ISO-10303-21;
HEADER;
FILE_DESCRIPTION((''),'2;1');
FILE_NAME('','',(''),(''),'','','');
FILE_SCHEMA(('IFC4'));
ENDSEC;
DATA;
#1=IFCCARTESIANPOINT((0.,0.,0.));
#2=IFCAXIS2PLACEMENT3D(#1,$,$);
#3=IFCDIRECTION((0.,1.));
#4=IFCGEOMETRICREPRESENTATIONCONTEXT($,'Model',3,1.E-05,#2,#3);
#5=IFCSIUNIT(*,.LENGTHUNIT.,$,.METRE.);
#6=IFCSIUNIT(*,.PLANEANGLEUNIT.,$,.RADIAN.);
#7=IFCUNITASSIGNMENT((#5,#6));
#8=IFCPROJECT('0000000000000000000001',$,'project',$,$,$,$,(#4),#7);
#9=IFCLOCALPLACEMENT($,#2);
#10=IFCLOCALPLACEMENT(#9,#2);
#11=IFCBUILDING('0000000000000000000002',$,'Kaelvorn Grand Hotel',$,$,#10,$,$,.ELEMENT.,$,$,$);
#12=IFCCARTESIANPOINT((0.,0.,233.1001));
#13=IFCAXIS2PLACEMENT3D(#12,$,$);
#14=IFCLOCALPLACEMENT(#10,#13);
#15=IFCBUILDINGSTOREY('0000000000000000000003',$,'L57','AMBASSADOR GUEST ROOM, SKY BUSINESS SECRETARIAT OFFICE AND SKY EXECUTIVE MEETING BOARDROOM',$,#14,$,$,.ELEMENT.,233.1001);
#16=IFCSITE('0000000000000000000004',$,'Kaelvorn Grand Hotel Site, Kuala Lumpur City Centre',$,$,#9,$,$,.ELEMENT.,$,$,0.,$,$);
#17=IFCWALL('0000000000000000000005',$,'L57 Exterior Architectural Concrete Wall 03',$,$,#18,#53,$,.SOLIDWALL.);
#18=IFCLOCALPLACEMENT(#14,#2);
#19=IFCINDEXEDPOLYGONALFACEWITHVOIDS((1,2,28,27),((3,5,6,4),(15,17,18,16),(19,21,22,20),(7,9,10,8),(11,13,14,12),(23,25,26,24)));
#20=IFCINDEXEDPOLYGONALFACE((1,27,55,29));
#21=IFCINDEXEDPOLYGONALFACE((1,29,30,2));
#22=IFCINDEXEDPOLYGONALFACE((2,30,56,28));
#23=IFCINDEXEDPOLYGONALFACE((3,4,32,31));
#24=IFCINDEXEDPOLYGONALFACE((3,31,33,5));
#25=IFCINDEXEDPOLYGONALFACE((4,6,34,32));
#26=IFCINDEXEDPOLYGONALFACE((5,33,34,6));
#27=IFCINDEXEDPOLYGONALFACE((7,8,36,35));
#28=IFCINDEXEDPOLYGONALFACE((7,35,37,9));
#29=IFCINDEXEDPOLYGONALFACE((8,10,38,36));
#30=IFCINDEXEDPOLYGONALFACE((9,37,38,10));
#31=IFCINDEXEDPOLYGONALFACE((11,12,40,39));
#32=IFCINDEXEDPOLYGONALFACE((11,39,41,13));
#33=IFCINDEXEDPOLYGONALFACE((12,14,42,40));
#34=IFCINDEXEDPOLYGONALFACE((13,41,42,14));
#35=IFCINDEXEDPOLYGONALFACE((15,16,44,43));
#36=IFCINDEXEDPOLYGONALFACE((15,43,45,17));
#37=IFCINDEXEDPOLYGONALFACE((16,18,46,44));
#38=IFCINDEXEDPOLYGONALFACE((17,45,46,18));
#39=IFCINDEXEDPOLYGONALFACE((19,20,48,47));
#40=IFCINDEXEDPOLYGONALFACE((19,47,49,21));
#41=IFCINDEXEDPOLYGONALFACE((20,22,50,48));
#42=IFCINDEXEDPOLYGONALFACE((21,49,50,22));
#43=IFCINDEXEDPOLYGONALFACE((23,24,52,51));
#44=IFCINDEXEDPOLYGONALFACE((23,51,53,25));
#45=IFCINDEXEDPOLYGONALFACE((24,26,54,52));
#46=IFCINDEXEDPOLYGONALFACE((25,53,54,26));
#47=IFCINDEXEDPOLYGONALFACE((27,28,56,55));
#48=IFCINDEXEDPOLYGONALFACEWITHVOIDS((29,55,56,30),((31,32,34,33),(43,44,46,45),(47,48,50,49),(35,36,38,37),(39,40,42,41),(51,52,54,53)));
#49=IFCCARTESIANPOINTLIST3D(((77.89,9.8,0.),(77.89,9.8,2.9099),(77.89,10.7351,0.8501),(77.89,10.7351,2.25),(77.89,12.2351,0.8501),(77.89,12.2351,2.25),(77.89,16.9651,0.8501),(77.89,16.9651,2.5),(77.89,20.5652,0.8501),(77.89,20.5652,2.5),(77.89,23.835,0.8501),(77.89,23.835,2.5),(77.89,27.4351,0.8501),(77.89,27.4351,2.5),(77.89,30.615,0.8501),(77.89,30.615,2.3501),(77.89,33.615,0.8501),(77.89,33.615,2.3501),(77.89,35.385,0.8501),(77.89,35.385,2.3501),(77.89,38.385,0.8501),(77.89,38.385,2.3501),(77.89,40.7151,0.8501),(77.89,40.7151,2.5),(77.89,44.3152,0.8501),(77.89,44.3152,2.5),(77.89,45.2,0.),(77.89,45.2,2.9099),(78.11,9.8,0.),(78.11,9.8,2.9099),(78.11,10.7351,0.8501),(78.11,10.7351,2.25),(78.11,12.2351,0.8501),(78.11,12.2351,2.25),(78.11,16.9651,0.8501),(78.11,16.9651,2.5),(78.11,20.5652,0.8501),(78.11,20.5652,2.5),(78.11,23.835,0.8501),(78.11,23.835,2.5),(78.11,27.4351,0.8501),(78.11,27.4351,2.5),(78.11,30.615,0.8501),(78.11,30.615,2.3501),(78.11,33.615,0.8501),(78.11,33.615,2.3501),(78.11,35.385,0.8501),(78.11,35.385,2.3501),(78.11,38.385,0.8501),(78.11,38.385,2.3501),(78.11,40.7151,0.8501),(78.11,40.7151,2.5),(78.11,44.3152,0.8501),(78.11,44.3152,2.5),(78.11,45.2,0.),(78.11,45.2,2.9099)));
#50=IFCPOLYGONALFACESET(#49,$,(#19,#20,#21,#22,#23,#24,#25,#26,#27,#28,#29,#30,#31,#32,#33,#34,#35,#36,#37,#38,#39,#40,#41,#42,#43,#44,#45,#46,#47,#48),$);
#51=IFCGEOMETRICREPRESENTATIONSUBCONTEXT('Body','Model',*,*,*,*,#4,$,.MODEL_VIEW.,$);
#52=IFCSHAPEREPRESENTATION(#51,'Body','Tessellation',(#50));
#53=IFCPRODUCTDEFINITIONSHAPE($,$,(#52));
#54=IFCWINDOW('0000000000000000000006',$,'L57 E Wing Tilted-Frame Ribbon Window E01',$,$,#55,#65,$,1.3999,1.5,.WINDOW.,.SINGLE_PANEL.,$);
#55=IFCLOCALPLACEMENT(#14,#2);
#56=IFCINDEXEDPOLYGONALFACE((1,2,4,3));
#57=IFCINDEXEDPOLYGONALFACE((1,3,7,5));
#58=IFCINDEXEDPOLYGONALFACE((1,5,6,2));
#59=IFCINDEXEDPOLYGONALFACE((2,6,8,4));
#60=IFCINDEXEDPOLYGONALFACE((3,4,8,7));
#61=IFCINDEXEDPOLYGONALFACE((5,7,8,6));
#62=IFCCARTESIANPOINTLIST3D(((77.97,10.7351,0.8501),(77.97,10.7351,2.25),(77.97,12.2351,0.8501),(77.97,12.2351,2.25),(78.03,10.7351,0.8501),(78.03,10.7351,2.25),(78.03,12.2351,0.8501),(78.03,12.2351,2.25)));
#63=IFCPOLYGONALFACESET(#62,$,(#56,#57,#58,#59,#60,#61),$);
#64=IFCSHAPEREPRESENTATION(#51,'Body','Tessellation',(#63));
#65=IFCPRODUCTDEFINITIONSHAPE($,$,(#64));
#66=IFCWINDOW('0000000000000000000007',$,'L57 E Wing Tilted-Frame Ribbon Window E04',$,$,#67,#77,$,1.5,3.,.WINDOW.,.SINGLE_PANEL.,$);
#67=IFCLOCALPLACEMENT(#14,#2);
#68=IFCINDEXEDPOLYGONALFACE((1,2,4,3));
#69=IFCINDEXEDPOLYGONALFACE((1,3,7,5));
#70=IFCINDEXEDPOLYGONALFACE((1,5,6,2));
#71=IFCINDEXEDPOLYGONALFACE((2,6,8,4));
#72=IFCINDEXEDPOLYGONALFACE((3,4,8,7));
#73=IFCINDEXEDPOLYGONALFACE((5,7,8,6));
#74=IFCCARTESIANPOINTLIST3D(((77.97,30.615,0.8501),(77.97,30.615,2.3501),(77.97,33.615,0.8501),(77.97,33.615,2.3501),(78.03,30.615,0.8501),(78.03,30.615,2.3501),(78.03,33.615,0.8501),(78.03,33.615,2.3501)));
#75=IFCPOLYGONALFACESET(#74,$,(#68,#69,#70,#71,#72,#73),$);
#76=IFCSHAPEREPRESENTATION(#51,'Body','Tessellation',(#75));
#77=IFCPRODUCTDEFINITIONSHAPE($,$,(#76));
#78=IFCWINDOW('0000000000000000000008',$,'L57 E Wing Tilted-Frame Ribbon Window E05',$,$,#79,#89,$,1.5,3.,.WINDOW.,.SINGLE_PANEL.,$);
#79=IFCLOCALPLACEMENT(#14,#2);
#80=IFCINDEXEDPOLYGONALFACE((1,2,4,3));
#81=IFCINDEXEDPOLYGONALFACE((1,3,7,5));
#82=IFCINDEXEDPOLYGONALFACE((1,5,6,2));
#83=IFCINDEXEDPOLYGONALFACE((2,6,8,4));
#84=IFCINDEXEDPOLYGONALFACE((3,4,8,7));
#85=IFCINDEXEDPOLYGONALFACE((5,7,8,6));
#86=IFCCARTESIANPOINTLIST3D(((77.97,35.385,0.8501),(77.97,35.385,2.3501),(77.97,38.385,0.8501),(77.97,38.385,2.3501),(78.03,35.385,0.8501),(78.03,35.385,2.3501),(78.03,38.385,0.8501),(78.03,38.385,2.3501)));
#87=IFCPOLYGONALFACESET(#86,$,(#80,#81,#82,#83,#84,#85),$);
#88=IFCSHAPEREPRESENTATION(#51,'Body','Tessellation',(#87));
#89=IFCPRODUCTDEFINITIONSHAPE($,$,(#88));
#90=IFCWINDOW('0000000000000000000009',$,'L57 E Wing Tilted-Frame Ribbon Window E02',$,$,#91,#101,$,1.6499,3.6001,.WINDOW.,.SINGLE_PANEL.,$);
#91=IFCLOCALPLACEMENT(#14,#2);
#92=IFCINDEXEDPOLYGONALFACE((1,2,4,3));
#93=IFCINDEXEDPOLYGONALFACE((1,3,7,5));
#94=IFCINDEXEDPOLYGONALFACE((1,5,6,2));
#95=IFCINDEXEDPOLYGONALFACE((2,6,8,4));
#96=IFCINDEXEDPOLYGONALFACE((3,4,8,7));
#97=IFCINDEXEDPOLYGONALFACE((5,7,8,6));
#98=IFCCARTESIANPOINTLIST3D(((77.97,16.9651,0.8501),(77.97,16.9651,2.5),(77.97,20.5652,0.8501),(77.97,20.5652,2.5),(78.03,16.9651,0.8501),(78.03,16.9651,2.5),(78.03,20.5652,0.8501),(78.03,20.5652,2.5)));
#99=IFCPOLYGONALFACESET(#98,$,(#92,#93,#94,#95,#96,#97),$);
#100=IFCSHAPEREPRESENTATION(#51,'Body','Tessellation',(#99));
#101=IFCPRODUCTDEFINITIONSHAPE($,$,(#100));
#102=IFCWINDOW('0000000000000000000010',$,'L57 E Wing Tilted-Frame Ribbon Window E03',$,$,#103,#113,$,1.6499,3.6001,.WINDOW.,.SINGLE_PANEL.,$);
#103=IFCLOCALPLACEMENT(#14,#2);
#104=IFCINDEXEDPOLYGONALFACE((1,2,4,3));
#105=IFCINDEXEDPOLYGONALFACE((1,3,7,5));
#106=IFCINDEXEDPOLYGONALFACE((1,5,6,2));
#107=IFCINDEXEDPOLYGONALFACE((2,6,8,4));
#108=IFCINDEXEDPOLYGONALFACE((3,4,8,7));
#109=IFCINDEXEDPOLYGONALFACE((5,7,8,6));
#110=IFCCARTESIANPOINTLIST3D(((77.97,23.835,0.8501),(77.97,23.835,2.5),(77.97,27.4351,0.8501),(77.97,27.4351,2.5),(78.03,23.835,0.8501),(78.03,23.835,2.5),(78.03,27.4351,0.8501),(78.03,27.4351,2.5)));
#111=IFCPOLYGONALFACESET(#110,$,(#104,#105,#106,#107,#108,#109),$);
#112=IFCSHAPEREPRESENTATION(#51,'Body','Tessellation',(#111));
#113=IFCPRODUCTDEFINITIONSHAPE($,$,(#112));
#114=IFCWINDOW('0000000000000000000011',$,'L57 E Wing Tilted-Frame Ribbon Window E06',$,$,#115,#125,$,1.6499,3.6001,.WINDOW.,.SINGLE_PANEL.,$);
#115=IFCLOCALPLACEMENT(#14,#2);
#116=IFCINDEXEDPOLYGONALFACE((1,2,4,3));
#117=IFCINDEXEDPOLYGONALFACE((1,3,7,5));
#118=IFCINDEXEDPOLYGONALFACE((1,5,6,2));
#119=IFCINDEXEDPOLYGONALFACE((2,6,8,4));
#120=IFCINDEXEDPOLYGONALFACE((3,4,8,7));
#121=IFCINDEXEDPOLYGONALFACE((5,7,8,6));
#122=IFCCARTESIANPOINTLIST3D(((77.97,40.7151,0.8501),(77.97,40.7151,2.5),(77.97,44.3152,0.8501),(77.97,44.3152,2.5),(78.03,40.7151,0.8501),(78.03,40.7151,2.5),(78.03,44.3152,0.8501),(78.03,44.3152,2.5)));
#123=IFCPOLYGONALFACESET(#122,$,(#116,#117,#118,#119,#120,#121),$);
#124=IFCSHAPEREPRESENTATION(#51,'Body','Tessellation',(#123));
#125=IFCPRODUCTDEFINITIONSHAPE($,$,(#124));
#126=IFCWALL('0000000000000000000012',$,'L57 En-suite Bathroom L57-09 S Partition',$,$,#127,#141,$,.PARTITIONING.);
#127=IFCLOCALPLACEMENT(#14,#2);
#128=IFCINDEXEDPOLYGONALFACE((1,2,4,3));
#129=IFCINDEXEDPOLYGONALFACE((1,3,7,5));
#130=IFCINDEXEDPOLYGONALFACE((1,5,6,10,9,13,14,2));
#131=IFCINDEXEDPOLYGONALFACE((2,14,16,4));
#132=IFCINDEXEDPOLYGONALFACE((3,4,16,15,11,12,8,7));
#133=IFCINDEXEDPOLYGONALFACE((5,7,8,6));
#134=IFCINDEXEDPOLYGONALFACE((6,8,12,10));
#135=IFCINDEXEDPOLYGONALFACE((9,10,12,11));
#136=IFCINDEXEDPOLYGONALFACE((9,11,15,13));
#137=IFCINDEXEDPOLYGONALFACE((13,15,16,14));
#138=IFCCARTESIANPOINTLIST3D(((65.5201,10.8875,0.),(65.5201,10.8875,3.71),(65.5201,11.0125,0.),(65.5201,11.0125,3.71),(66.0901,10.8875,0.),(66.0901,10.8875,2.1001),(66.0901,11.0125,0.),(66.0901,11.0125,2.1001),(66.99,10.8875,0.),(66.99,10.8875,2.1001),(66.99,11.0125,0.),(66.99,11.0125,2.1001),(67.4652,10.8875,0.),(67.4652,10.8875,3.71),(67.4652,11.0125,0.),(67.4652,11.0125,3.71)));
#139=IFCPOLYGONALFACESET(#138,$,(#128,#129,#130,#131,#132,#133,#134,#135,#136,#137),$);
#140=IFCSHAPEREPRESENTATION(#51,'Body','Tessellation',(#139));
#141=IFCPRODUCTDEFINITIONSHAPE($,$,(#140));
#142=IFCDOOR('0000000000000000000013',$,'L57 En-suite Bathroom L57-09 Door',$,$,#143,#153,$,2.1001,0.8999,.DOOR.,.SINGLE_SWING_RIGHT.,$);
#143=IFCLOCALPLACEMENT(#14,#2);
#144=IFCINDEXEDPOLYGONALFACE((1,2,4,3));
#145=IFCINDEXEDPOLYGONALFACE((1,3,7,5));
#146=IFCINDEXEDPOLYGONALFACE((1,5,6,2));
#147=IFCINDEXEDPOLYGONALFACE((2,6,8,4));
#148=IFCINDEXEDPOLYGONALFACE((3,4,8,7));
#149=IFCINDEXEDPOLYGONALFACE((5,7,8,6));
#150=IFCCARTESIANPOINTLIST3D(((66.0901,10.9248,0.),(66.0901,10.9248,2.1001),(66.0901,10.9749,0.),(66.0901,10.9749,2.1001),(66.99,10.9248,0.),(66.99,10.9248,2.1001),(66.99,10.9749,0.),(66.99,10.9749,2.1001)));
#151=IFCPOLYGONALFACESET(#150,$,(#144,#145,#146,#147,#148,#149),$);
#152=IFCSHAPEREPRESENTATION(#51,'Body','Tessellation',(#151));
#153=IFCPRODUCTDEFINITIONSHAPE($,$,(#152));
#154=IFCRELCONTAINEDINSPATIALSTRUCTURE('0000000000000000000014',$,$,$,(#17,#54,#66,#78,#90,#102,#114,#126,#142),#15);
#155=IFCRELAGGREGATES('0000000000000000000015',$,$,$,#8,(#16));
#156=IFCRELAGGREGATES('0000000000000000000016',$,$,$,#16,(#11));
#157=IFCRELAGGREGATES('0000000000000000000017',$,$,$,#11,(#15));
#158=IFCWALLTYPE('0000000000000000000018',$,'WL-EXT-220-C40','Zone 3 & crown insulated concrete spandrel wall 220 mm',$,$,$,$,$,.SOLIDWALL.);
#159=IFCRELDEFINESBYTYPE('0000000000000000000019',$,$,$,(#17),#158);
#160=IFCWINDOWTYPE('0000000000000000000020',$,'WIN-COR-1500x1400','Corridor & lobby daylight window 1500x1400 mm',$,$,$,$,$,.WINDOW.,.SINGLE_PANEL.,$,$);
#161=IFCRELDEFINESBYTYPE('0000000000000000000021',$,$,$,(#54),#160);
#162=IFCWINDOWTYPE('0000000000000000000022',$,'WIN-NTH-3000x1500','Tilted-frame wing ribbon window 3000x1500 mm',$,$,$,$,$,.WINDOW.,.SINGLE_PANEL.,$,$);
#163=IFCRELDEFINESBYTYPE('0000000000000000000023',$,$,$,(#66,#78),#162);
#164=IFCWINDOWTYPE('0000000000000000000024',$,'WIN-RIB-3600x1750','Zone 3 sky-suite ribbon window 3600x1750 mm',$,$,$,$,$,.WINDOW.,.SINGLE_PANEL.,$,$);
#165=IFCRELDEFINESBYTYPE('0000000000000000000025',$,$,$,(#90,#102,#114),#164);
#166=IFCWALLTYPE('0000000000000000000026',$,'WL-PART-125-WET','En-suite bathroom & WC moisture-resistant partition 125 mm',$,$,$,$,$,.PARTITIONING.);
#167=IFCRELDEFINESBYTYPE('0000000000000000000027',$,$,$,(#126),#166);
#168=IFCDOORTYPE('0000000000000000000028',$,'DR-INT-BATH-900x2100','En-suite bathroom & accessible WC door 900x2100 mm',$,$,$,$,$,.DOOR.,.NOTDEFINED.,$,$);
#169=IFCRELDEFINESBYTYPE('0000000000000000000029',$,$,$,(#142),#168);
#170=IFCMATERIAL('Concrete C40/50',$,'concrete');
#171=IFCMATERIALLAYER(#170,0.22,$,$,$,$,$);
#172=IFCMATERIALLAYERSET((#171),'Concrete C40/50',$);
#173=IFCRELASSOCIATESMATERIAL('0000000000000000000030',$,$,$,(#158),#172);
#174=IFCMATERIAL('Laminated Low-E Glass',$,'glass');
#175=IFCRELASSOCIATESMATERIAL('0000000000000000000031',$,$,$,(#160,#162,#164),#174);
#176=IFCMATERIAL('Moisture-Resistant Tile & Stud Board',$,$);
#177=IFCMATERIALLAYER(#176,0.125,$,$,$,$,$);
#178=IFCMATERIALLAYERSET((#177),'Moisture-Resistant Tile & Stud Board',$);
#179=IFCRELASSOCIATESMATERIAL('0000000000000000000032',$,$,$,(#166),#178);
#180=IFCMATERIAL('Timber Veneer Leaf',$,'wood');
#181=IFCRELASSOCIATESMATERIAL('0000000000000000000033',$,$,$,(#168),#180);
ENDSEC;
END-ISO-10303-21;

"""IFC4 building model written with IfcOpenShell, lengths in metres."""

from ifc_helpers import new_model, si_unit, direction, frame, frame_2d, origin, place, context, subcontext, project, spatial, rectangle, extrude, material, layer, layer_set, type_object, element, fill, save


model = new_model("IFC4")

# Units and contexts
model_context = context("Model", 3, precision=1e-05, world=origin(), true_north=direction((0.0, 1.0)))
body_context = subcontext(model_context, "Body", "Model", "MODEL_VIEW")
ifc_project = project(units=[si_unit("LENGTHUNIT", "METRE"), si_unit("PLANEANGLEUNIT", "RADIAN")], contexts=[model_context])

# Site, building, storey
site_placement = place(None, origin())
site = spatial("IfcSite", under=ifc_project, at=site_placement, Name="Kaelvorn Grand Hotel Site, Kuala Lumpur City Centre", CompositionType="ELEMENT", RefElevation=0.0)
building_placement = place(site_placement, origin())
building = spatial("IfcBuilding", under=site, at=building_placement, Name="Kaelvorn Grand Hotel", CompositionType="ELEMENT")
storey_placement = place(building_placement, frame((0.0, 0.0, 233.1001)))
storey = spatial("IfcBuildingStorey", under=building, at=storey_placement, Name="L57", Description="AMBASSADOR GUEST ROOM, SKY BUSINESS SECRETARIAT OFFICE AND SKY EXECUTIVE MEETING BOARDROOM", CompositionType="ELEMENT", Elevation=233.1001)

# Shared definitions
ifc_material_1 = material(Name="Concrete C40/50", Category="concrete")

# Shared definitions
ifc_layer_1 = layer(ifc_material_1, 0.22)
ifc_layer_set_1 = layer_set([ifc_layer_1], Name="Concrete C40/50")
wall_type_1 = type_object("IfcWallType", Name="WL-EXT-220-C40", Description="Zone 3 & crown insulated concrete spandrel wall 220 mm", PredefinedType="SOLIDWALL", material=ifc_layer_set_1)
ifc_material_2 = material(Name="Laminated Low-E Glass", Category="glass")

# Wall, openings, windows
wall_1_placement = place(storey_placement, frame((78.0, 9.8, 0.0), z_axis=(0.0, 0.0, 1.0), x_axis=(0.0, 1.0, 0.0)))
wall_1 = element("IfcWall", 1, at=wall_1_placement, inside=storey, type_object=wall_type_1, Name="L57 Exterior Architectural Concrete Wall 03", PredefinedType="SOLIDWALL", context=body_context, shape_type="SweptSolid", body=[
    extrude(rectangle(XDim=35.3999, YDim=0.22, at=frame_2d((17.7, 0.0))), origin(), (0.0, 0.0, 1.0), 2.9099),
])
opening_1_placement = place(wall_1_placement, frame((0.9351, 0.0, 0.8501)))
opening_1 = element("IfcOpeningElement", 2, at=opening_1_placement, cuts=wall_1, PredefinedType="OPENING", context=body_context, shape_type="SweptSolid", body=[
    extrude(rectangle(XDim=1.5, YDim=1.3999, at=frame_2d((0.75, 0.7))), frame((0.0, 0.1201, 0.0), z_axis=(0.0, -1.0, 0.0), x_axis=(1.0, 0.0, 0.0)), (0.0, 0.0, 1.0), 0.24),
])
opening_2_placement = place(wall_1_placement, frame((7.165, 0.0, 0.8501)))
opening_2 = element("IfcOpeningElement", 3, at=opening_2_placement, cuts=wall_1, PredefinedType="OPENING", context=body_context, shape_type="SweptSolid", body=[
    extrude(rectangle(XDim=3.6001, YDim=1.6499, at=frame_2d((1.8, 0.825))), frame((0.0, 0.1201, 0.0), z_axis=(0.0, -1.0, 0.0), x_axis=(1.0, 0.0, 0.0)), (0.0, 0.0, 1.0), 0.24),
])
opening_3_placement = place(wall_1_placement, frame((14.0349, 0.0, 0.8501)))
opening_3 = element("IfcOpeningElement", 4, at=opening_3_placement, cuts=wall_1, PredefinedType="OPENING", context=body_context, shape_type="SweptSolid", body=[
    extrude(rectangle(XDim=3.6001, YDim=1.6499, at=frame_2d((1.8, 0.825))), frame((0.0, 0.1201, 0.0), z_axis=(0.0, -1.0, 0.0), x_axis=(1.0, 0.0, 0.0)), (0.0, 0.0, 1.0), 0.24),
])
opening_4_placement = place(wall_1_placement, frame((20.8149, 0.0, 0.8501)))
opening_4 = element("IfcOpeningElement", 5, at=opening_4_placement, cuts=wall_1, PredefinedType="OPENING", context=body_context, shape_type="SweptSolid", body=[
    extrude(rectangle(XDim=3.0, YDim=1.5, at=frame_2d((1.5, 0.75))), frame((0.0, 0.1201, 0.0), z_axis=(0.0, -1.0, 0.0), x_axis=(1.0, 0.0, 0.0)), (0.0, 0.0, 1.0), 0.24),
])
opening_5_placement = place(wall_1_placement, frame((25.585, 0.0, 0.8501)))
opening_5 = element("IfcOpeningElement", 6, at=opening_5_placement, cuts=wall_1, PredefinedType="OPENING", context=body_context, shape_type="SweptSolid", body=[
    extrude(rectangle(XDim=3.0, YDim=1.5, at=frame_2d((1.5, 0.75))), frame((0.0, 0.1201, 0.0), z_axis=(0.0, -1.0, 0.0), x_axis=(1.0, 0.0, 0.0)), (0.0, 0.0, 1.0), 0.24),
])
opening_6_placement = place(wall_1_placement, frame((30.915, 0.0, 0.8501)))
opening_6 = element("IfcOpeningElement", 7, at=opening_6_placement, cuts=wall_1, PredefinedType="OPENING", context=body_context, shape_type="SweptSolid", body=[
    extrude(rectangle(XDim=3.6001, YDim=1.6499, at=frame_2d((1.8, 0.825))), frame((0.0, 0.1201, 0.0), z_axis=(0.0, -1.0, 0.0), x_axis=(1.0, 0.0, 0.0)), (0.0, 0.0, 1.0), 0.24),
])
window_type_1 = type_object("IfcWindowType", Name="WIN-COR-1500x1400", Description="Corridor & lobby daylight window 1500x1400 mm", PartitioningType="SINGLE_PANEL", PredefinedType="WINDOW", material=ifc_material_2)
window_1_placement = place(opening_1_placement, origin())
window_1 = element("IfcWindow", 8, at=window_1_placement, inside=storey, type_object=window_type_1, Name="L57 E Wing Tilted-Frame Ribbon Window E01", OverallHeight=1.3999, OverallWidth=1.5, PartitioningType="SINGLE_PANEL", PredefinedType="WINDOW", context=body_context, shape_type="SweptSolid", body=[
    extrude(rectangle(XDim=1.5, YDim=1.3999, at=frame_2d((0.75, 0.7))), frame((0.0, 0.03, 0.0), z_axis=(0.0, -1.0, 0.0), x_axis=(1.0, 0.0, 0.0)), (0.0, 0.0, 1.0), 0.0601),
])
fill(opening_1, window_1)
window_type_2 = type_object("IfcWindowType", Name="WIN-NTH-3000x1500", Description="Tilted-frame wing ribbon window 3000x1500 mm", PartitioningType="SINGLE_PANEL", PredefinedType="WINDOW", material=ifc_material_2)
window_2_placement = place(opening_4_placement, origin())
window_2 = element("IfcWindow", 9, at=window_2_placement, inside=storey, type_object=window_type_2, Name="L57 E Wing Tilted-Frame Ribbon Window E04", OverallHeight=1.5, OverallWidth=3.0, PartitioningType="SINGLE_PANEL", PredefinedType="WINDOW", context=body_context, shape_type="SweptSolid", body=[
    extrude(rectangle(XDim=3.0, YDim=1.5, at=frame_2d((1.5, 0.75))), frame((0.0, 0.03, 0.0), z_axis=(0.0, -1.0, 0.0), x_axis=(1.0, 0.0, 0.0)), (0.0, 0.0, 1.0), 0.0601),
])
fill(opening_4, window_2)
window_3_placement = place(opening_5_placement, origin())
window_3 = element("IfcWindow", 10, at=window_3_placement, inside=storey, type_object=window_type_2, Name="L57 E Wing Tilted-Frame Ribbon Window E05", OverallHeight=1.5, OverallWidth=3.0, PartitioningType="SINGLE_PANEL", PredefinedType="WINDOW", context=body_context, shape_type="SweptSolid", body=[
    extrude(rectangle(XDim=3.0, YDim=1.5, at=frame_2d((1.5, 0.75))), frame((0.0, 0.03, 0.0), z_axis=(0.0, -1.0, 0.0), x_axis=(1.0, 0.0, 0.0)), (0.0, 0.0, 1.0), 0.0601),
])
fill(opening_5, window_3)
window_type_3 = type_object("IfcWindowType", Name="WIN-RIB-3600x1750", Description="Zone 3 sky-suite ribbon window 3600x1750 mm", PartitioningType="SINGLE_PANEL", PredefinedType="WINDOW", material=ifc_material_2)
window_4_placement = place(opening_2_placement, origin())
window_4 = element("IfcWindow", 11, at=window_4_placement, inside=storey, type_object=window_type_3, Name="L57 E Wing Tilted-Frame Ribbon Window E02", OverallHeight=1.6499, OverallWidth=3.6001, PartitioningType="SINGLE_PANEL", PredefinedType="WINDOW", context=body_context, shape_type="SweptSolid", body=[
    extrude(rectangle(XDim=3.6001, YDim=1.6499, at=frame_2d((1.8, 0.825))), frame((0.0, 0.03, 0.0), z_axis=(0.0, -1.0, 0.0), x_axis=(1.0, 0.0, 0.0)), (0.0, 0.0, 1.0), 0.0601),
])
fill(opening_2, window_4)
window_5_placement = place(opening_3_placement, origin())
window_5 = element("IfcWindow", 12, at=window_5_placement, inside=storey, type_object=window_type_3, Name="L57 E Wing Tilted-Frame Ribbon Window E03", OverallHeight=1.6499, OverallWidth=3.6001, PartitioningType="SINGLE_PANEL", PredefinedType="WINDOW", context=body_context, shape_type="SweptSolid", body=[
    extrude(rectangle(XDim=3.6001, YDim=1.6499, at=frame_2d((1.8, 0.825))), frame((0.0, 0.03, 0.0), z_axis=(0.0, -1.0, 0.0), x_axis=(1.0, 0.0, 0.0)), (0.0, 0.0, 1.0), 0.0601),
])
fill(opening_3, window_5)
window_6_placement = place(opening_6_placement, origin())
window_6 = element("IfcWindow", 13, at=window_6_placement, inside=storey, type_object=window_type_3, Name="L57 E Wing Tilted-Frame Ribbon Window E06", OverallHeight=1.6499, OverallWidth=3.6001, PartitioningType="SINGLE_PANEL", PredefinedType="WINDOW", context=body_context, shape_type="SweptSolid", body=[
    extrude(rectangle(XDim=3.6001, YDim=1.6499, at=frame_2d((1.8, 0.825))), frame((0.0, 0.03, 0.0), z_axis=(0.0, -1.0, 0.0), x_axis=(1.0, 0.0, 0.0)), (0.0, 0.0, 1.0), 0.0601),
])
fill(opening_6, window_6)

# Wall, opening, door
ifc_material_3 = material(Name="Moisture-Resistant Tile & Stud Board")
ifc_layer_2 = layer(ifc_material_3, 0.125)
ifc_layer_set_2 = layer_set([ifc_layer_2], Name="Moisture-Resistant Tile & Stud Board")
wall_type_2 = type_object("IfcWallType", Name="WL-PART-125-WET", Description="En-suite bathroom & WC moisture-resistant partition 125 mm", PredefinedType="PARTITIONING", material=ifc_layer_set_2)
wall_2_placement = place(storey_placement, frame((65.52, 10.95, 0.0), z_axis=(0.0, 0.0, 1.0), x_axis=(1.0, 0.0, 0.0)))
wall_2 = element("IfcWall", 14, at=wall_2_placement, inside=storey, type_object=wall_type_2, Name="L57 En-suite Bathroom L57-09 S Partition", PredefinedType="PARTITIONING", context=body_context, shape_type="SweptSolid", body=[
    extrude(rectangle(XDim=1.9451, YDim=0.125, at=frame_2d((0.9727, 0.0))), origin(), (0.0, 0.0, 1.0), 3.71),
])
opening_7_placement = place(wall_2_placement, frame((0.5701, 0.0, 0.0)))
opening_7 = element("IfcOpeningElement", 15, at=opening_7_placement, cuts=wall_2, PredefinedType="OPENING", context=body_context, shape_type="SweptSolid", body=[
    extrude(rectangle(XDim=0.8999, YDim=2.1001, at=frame_2d((0.45, 1.05))), frame((0.0, 0.0725, 0.0), z_axis=(0.0, -1.0, 0.0), x_axis=(1.0, 0.0, 0.0)), (0.0, 0.0, 1.0), 0.145),
])
ifc_material_4 = material(Name="Timber Veneer Leaf", Category="wood")
door_type = type_object("IfcDoorType", Name="DR-INT-BATH-900x2100", Description="En-suite bathroom & accessible WC door 900x2100 mm", OperationType="NOTDEFINED", PredefinedType="DOOR", material=ifc_material_4)
door_placement = place(opening_7_placement, origin())
door = element("IfcDoor", 16, at=door_placement, inside=storey, type_object=door_type, Name="L57 En-suite Bathroom L57-09 Door", OperationType="SINGLE_SWING_RIGHT", OverallHeight=2.1001, OverallWidth=0.8999, PredefinedType="DOOR", context=body_context, shape_type="SweptSolid", body=[
    extrude(rectangle(XDim=0.8999, YDim=2.1001, at=frame_2d((0.45, 1.05))), frame((0.0, 0.0249, 0.0), z_axis=(0.0, -1.0, 0.0), x_axis=(1.0, 0.0, 0.0)), (0.0, 0.0, 1.0), 0.05),
])
fill(opening_7, door)

save(model, "model.ifc")
